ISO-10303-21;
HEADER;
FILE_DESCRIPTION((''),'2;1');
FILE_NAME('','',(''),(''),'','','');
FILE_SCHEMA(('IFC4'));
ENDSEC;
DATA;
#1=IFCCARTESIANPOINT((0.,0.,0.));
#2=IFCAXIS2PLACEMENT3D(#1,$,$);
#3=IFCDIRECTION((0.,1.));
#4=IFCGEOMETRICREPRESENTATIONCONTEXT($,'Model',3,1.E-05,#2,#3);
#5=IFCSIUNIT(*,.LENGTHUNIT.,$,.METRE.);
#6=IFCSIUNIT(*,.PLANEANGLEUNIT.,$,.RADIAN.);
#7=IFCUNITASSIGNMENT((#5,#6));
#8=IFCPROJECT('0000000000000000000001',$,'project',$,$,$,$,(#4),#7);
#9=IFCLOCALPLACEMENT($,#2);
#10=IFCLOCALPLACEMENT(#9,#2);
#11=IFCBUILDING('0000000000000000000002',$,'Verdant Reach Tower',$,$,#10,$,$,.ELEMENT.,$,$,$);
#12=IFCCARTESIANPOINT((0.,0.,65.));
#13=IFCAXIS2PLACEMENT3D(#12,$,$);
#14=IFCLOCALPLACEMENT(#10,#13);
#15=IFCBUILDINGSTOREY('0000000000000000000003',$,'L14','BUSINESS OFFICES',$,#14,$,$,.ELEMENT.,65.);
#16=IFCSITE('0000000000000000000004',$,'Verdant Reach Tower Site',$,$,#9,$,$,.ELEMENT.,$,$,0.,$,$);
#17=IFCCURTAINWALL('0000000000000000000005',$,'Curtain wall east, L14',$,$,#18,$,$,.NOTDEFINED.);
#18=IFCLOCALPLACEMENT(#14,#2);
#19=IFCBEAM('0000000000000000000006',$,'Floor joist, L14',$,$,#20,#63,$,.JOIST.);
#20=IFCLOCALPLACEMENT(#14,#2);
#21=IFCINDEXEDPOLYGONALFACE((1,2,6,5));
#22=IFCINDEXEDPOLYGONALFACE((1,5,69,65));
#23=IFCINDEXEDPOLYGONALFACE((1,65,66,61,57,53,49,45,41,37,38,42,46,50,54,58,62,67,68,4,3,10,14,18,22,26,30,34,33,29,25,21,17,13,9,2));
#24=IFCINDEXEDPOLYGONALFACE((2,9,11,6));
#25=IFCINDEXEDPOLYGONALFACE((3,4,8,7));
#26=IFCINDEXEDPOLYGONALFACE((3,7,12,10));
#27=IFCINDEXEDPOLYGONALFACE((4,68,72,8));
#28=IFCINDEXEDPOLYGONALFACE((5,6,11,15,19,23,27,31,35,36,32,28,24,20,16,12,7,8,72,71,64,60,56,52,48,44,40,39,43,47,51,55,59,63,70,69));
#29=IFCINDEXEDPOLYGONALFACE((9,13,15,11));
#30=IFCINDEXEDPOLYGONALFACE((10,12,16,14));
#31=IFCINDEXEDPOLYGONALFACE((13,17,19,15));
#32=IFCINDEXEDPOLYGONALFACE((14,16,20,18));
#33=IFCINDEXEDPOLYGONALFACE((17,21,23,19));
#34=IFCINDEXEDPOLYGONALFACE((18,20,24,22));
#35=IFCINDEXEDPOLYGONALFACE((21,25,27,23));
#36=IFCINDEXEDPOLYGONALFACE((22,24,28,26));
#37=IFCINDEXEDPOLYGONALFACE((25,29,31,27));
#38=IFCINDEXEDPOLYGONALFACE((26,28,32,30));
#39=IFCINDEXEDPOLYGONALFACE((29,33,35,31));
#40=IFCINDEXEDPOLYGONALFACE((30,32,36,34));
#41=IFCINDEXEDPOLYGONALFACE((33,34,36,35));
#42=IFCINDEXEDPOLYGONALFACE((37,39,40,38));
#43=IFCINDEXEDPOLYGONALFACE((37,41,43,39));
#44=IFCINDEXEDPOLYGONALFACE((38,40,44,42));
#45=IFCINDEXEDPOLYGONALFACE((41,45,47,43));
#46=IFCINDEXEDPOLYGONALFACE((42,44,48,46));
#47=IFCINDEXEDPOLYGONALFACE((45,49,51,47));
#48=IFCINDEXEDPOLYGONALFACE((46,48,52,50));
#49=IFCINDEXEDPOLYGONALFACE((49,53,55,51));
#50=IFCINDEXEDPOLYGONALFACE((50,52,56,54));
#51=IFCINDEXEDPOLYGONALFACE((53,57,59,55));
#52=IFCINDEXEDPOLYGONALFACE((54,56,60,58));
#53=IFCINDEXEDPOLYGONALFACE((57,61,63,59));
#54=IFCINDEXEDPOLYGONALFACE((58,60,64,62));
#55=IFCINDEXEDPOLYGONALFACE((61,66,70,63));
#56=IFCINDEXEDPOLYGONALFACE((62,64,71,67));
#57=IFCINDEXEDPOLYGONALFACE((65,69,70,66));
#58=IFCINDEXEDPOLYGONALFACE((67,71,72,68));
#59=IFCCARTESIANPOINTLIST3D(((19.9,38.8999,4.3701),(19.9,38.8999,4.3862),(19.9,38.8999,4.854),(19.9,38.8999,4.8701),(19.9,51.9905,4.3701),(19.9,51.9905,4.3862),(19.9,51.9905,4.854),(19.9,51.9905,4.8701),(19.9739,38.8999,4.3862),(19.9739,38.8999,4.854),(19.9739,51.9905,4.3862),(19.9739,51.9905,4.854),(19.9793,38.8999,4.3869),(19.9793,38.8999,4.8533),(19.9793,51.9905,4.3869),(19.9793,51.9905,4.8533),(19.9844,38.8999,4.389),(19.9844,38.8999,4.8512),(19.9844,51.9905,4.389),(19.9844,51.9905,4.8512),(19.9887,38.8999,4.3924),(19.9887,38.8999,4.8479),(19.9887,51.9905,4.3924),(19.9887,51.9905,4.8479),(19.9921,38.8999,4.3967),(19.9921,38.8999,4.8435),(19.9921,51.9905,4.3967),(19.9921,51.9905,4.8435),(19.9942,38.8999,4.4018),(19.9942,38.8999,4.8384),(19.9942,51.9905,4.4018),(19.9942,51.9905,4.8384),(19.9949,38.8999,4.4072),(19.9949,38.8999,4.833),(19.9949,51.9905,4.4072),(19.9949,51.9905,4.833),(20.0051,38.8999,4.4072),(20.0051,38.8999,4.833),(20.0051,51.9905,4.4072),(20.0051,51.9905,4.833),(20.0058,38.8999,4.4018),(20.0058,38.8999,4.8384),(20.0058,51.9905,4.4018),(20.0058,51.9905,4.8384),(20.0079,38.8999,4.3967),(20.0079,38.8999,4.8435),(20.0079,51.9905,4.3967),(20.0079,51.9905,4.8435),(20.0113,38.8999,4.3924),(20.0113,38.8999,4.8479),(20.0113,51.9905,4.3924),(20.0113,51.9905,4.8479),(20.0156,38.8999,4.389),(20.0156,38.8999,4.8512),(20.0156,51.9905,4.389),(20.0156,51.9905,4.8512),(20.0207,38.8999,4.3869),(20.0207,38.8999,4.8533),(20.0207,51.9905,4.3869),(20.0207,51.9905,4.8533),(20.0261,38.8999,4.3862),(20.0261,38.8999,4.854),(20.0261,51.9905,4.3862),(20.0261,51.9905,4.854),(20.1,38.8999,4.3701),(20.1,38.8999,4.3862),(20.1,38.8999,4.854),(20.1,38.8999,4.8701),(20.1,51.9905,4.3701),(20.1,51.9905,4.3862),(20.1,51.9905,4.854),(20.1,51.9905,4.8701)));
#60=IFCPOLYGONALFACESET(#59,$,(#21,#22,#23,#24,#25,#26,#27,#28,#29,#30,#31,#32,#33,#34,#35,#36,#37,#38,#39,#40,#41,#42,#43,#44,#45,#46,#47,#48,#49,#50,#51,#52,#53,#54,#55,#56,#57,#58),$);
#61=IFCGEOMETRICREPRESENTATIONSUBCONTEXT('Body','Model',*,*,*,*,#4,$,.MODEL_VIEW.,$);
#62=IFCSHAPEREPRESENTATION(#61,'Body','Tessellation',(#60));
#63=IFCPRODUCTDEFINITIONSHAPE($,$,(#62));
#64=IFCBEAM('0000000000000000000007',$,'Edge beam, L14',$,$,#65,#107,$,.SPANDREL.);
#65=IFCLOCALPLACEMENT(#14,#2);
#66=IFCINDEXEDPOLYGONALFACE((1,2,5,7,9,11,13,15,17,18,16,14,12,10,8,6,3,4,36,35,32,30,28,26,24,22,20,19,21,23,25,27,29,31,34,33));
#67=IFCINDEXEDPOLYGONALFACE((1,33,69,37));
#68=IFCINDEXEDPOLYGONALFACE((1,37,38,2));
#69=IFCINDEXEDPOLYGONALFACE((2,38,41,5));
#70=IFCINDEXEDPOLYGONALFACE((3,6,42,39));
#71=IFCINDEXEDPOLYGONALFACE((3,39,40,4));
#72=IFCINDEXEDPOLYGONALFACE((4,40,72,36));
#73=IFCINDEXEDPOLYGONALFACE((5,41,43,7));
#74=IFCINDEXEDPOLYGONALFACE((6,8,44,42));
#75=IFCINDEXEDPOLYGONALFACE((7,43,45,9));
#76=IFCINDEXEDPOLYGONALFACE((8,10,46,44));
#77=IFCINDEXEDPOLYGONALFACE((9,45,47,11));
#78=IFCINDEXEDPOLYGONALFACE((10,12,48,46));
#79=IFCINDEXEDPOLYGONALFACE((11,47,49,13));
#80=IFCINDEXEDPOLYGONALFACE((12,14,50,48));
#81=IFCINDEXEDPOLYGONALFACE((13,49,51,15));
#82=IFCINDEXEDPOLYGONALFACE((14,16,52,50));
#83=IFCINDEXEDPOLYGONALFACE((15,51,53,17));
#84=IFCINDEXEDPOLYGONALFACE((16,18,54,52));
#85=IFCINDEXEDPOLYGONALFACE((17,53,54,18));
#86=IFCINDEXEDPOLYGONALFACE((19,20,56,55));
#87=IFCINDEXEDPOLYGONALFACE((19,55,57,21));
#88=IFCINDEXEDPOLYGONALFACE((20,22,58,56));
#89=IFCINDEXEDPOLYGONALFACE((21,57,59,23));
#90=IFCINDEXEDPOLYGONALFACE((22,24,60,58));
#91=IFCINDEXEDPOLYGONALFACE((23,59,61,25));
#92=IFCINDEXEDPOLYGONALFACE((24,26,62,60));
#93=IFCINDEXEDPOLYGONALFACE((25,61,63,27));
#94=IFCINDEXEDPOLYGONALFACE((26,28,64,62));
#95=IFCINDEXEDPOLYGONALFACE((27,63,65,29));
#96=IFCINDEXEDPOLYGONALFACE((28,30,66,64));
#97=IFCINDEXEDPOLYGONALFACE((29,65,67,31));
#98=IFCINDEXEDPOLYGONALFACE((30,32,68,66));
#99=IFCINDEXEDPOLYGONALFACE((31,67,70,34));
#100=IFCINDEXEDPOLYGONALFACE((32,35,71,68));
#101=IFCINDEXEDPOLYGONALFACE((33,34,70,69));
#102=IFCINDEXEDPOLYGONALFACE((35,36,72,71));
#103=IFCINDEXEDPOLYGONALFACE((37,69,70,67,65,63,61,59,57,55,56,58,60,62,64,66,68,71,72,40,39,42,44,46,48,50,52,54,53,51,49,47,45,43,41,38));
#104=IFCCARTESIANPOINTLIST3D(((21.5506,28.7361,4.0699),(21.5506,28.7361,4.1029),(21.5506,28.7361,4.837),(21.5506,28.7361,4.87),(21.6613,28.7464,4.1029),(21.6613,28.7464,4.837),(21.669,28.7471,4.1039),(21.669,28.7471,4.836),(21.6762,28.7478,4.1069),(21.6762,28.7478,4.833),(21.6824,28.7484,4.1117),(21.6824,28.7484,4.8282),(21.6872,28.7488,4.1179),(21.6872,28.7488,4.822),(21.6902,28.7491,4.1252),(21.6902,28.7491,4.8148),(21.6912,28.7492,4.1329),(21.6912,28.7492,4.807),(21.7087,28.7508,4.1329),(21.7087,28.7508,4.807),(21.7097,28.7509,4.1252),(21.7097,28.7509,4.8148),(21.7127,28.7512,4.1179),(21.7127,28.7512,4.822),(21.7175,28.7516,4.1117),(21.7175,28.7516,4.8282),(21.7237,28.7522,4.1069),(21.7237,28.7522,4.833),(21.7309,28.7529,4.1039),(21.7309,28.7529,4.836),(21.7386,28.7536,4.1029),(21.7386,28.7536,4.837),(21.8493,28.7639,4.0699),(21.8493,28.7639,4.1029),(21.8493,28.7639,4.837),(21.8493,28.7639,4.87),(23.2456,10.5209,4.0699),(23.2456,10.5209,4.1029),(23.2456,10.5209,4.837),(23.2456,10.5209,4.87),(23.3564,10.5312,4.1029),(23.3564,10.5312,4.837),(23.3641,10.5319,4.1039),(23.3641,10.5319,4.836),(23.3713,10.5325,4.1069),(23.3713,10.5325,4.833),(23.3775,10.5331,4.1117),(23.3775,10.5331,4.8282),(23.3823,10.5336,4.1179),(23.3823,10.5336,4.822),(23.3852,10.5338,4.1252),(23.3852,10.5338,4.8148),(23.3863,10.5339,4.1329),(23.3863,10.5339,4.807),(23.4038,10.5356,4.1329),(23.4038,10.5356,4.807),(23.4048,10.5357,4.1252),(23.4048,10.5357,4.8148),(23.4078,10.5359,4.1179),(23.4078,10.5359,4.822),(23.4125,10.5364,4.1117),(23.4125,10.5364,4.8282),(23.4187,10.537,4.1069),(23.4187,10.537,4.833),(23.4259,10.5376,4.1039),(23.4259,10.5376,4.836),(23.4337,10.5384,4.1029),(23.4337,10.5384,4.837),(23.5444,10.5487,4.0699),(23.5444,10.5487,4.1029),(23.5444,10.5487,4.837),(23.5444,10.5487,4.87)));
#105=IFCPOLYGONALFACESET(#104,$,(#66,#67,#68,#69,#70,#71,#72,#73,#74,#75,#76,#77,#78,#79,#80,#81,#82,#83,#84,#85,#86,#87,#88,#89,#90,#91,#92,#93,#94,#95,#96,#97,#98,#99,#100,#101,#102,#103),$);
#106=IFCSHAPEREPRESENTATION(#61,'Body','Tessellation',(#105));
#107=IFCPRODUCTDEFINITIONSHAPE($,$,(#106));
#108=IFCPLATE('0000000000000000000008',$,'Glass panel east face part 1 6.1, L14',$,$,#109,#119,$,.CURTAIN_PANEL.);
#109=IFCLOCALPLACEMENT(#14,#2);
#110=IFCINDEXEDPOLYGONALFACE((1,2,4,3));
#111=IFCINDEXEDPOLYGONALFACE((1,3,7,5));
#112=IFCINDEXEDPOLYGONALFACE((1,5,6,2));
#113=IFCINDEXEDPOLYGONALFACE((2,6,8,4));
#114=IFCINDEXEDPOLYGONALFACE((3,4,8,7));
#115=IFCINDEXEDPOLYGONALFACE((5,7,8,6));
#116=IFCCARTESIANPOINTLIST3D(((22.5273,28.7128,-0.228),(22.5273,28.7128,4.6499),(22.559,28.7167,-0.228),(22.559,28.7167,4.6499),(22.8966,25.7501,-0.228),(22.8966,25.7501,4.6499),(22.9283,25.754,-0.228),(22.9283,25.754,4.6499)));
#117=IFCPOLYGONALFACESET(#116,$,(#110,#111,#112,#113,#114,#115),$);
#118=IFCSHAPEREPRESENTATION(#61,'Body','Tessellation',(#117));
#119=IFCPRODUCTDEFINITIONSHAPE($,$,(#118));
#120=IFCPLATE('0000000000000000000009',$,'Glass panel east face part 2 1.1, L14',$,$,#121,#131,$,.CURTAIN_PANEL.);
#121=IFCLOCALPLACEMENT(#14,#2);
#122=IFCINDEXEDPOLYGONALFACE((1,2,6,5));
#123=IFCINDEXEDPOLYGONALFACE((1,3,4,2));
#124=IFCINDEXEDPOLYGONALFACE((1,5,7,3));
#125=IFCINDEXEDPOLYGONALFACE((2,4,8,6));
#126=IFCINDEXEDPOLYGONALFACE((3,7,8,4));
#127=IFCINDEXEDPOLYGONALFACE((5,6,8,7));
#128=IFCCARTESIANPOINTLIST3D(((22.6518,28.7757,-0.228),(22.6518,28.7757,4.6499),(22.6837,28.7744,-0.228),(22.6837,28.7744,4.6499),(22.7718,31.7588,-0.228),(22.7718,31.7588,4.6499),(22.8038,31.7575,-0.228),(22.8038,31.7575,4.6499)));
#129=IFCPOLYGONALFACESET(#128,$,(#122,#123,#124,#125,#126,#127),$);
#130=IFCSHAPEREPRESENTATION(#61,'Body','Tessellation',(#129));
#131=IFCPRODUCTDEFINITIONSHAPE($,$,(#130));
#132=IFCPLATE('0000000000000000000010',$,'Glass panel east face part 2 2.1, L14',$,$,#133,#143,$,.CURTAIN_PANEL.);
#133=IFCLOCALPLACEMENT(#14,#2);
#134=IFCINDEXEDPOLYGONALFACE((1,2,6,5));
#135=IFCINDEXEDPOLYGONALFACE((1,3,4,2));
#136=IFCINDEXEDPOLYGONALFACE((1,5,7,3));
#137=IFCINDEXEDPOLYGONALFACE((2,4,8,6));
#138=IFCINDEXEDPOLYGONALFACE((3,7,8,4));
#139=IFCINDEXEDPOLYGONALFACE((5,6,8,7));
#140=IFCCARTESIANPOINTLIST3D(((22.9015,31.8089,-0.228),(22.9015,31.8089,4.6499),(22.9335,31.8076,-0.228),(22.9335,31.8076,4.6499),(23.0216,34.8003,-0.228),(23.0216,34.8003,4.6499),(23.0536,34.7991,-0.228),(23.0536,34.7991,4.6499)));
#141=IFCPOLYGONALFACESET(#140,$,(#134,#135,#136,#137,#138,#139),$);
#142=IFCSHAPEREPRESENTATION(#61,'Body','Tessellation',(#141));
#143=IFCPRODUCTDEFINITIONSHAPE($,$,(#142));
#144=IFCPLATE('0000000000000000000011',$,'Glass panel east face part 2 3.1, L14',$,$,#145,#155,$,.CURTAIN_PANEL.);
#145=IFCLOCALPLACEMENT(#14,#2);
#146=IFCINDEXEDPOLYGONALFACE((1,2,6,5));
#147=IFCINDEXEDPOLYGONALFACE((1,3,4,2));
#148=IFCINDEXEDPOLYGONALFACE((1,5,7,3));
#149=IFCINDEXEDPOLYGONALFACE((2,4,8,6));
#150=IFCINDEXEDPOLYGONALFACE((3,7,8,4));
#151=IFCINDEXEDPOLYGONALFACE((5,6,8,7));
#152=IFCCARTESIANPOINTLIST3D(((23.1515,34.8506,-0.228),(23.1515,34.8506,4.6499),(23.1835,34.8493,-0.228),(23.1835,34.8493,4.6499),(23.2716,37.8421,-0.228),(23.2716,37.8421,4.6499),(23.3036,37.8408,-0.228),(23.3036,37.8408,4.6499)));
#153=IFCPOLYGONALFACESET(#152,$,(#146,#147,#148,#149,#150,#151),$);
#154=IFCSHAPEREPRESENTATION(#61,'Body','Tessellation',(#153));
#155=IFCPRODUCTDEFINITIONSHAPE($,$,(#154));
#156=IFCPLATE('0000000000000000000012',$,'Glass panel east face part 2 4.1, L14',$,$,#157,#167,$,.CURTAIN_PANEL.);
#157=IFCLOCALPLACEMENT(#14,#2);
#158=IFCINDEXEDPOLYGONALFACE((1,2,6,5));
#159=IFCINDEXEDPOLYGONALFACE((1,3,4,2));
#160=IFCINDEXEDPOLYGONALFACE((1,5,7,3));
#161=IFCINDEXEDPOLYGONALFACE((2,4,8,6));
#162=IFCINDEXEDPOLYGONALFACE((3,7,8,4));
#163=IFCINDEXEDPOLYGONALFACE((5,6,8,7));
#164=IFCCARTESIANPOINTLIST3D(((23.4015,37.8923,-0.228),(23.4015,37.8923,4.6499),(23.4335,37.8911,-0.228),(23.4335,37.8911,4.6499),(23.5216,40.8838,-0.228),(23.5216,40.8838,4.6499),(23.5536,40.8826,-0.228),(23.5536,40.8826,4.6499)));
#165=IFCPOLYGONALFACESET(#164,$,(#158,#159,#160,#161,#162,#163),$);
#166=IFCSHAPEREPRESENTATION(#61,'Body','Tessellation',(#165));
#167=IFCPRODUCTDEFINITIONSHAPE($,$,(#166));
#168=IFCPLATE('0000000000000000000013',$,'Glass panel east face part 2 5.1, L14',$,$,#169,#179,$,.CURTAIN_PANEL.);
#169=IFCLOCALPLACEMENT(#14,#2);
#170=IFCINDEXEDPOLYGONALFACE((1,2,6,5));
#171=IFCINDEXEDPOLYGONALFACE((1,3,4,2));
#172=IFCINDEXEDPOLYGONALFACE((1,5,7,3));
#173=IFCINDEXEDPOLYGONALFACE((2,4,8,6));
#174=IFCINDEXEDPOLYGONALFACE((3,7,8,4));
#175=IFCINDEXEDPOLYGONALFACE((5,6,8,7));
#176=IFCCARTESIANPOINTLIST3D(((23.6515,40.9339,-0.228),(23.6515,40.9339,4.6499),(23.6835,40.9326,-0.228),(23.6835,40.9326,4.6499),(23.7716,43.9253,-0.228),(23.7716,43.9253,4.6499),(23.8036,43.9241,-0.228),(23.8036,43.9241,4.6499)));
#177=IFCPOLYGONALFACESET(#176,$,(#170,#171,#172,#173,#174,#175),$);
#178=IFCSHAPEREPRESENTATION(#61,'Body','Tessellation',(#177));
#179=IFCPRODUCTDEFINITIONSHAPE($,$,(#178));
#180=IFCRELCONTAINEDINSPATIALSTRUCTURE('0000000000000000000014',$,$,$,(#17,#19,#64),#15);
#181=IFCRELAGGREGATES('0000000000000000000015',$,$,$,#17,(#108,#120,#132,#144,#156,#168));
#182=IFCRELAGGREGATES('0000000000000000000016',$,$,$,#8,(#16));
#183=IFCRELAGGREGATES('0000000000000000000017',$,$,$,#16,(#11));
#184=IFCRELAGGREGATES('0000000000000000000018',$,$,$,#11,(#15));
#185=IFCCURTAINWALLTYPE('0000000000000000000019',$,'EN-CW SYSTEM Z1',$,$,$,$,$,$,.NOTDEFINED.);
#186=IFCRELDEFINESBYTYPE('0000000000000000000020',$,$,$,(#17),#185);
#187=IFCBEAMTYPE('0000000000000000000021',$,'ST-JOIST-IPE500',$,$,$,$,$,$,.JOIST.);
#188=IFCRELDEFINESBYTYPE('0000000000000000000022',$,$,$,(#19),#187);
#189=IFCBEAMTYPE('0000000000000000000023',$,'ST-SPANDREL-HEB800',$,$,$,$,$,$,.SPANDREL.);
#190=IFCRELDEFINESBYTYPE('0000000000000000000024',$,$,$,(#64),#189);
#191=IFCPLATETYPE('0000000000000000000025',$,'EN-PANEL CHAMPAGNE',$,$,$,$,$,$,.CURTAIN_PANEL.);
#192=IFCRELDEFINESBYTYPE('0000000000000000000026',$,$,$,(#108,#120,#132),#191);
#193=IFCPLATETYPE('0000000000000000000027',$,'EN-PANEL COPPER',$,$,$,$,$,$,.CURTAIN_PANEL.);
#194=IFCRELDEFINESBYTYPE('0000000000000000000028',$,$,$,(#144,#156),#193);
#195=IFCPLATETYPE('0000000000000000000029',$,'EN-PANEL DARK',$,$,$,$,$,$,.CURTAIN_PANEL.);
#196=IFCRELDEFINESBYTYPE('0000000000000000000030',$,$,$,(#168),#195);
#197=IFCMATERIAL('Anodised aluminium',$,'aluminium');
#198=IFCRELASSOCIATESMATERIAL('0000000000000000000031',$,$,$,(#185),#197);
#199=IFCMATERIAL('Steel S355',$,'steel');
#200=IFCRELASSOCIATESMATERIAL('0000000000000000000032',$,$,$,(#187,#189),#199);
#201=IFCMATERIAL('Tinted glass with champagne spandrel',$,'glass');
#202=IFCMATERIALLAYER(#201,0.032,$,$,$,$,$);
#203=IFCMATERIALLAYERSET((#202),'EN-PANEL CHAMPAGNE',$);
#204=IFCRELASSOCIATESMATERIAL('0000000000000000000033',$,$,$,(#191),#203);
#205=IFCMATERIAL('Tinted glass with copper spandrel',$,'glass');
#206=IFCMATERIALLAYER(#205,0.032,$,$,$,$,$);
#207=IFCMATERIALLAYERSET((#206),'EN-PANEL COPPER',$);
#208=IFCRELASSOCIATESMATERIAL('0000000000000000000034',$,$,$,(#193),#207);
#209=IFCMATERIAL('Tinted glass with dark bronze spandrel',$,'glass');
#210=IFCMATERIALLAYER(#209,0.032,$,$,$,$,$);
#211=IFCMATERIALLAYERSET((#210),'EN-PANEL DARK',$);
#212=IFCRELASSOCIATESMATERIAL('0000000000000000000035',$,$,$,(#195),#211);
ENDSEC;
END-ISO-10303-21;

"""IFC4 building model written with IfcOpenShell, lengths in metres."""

from ifc_helpers import new_model, si_unit, direction, frame, origin, origin_2d, place, context, subcontext, project, spatial, rectangle, i_section, extrude, material, layer, layer_set, material_profile, profile_set, type_object, element, aggregate, save


model = new_model("IFC4")

# Units and contexts
model_context = context("Model", 3, precision=1e-05, world=origin(), true_north=direction((0.0, 1.0)))
body_context = subcontext(model_context, "Body", "Model", "MODEL_VIEW")
ifc_project = project(units=[si_unit("LENGTHUNIT", "METRE"), si_unit("PLANEANGLEUNIT", "RADIAN")], contexts=[model_context])

# Site, building, storey
site_placement = place(None, origin())
site = spatial("IfcSite", under=ifc_project, at=site_placement, Name="Verdant Reach Tower Site", CompositionType="ELEMENT", RefElevation=0.0)
building_placement = place(site_placement, origin())
building = spatial("IfcBuilding", under=site, at=building_placement, Name="Verdant Reach Tower", CompositionType="ELEMENT")
storey_placement = place(building_placement, frame((0.0, 0.0, 65.0)))
storey = spatial("IfcBuildingStorey", under=building, at=storey_placement, Name="L14", Description="BUSINESS OFFICES", CompositionType="ELEMENT", Elevation=65.0)

# Curtain wall
ifc_material_1 = material(Name="Anodised aluminium", Category="aluminium")
curtain_wall_type = type_object("IfcCurtainWallType", Name="EN-CW SYSTEM Z1", PredefinedType="NOTDEFINED", material=ifc_material_1)
curtain_wall_placement = place(storey_placement, origin())
curtain_wall = element("IfcCurtainWall", 1, at=curtain_wall_placement, inside=storey, type_object=curtain_wall_type, Name="Curtain wall east, L14", PredefinedType="NOTDEFINED")

# Beams
ifc_material_2 = material(Name="Steel S355", Category="steel")
ifc_material_profile_1 = material_profile(ifc_material_2, i_section(OverallWidth=0.2, OverallDepth=0.5, WebThickness=0.0103, FlangeThickness=0.0161, FilletRadius=0.021, at=origin_2d()), Name="IPE 500")
ifc_profile_set_1 = profile_set([ifc_material_profile_1], Name="Steel S355")
beam_type_1 = type_object("IfcBeamType", Name="ST-JOIST-IPE500", PredefinedType="JOIST", material=ifc_profile_set_1)
beam_1_placement = place(storey_placement, frame((20.0, 38.8999, 4.6201), z_axis=(0.0, 1.0, 0.0), x_axis=(-1.0, 0.0, 0.0)))
element("IfcBeam", 2, at=beam_1_placement, inside=storey, type_object=beam_type_1, Name="Floor joist, L14", PredefinedType="JOIST", context=body_context, shape_type="SweptSolid", body=[
    extrude(i_section(OverallWidth=0.2, OverallDepth=0.5, WebThickness=0.0103, FlangeThickness=0.0161, FilletRadius=0.021, at=origin_2d()), origin(), (0.0, 0.0, 1.0), 13.0906),
])
ifc_material_profile_2 = material_profile(ifc_material_2, i_section(OverallWidth=0.3, OverallDepth=0.8, WebThickness=0.0176, FlangeThickness=0.033, FilletRadius=0.03, at=origin_2d()), Name="HEB 800")
ifc_profile_set_2 = profile_set([ifc_material_profile_2], Name="Steel S355")
beam_type_2 = type_object("IfcBeamType", Name="ST-SPANDREL-HEB800", PredefinedType="SPANDREL", material=ifc_profile_set_2)
beam_2_placement = place(storey_placement, frame((21.7, 28.75, 4.47), z_axis=(0.092657, -0.995698, 0.0), x_axis=(0.995698, 0.092657, 0.0)))
element("IfcBeam", 3, at=beam_2_placement, inside=storey, type_object=beam_type_2, Name="Edge beam, L14", PredefinedType="SPANDREL", context=body_context, shape_type="SweptSolid", body=[
    extrude(i_section(OverallWidth=0.3, OverallDepth=0.8, WebThickness=0.0176, FlangeThickness=0.033, FilletRadius=0.03, at=origin_2d()), origin(), (0.0, 0.0, 1.0), 18.2939),
])

# Plates
ifc_material_3 = material(Name="Tinted glass with champagne spandrel", Category="glass")
ifc_layer_1 = layer(ifc_material_3, 0.032)
ifc_layer_set_1 = layer_set([ifc_layer_1], Name="EN-PANEL CHAMPAGNE")
plate_type_1 = type_object("IfcPlateType", Name="EN-PANEL CHAMPAGNE", PredefinedType="CURTAIN_PANEL", material=ifc_layer_set_1)
plate_1_placement = place(storey_placement, frame((22.7278, 27.2334, -0.228), z_axis=(0.0, 0.0, 1.0), x_axis=(-0.123691, 0.992321, 0.0)))
plate_1 = element("IfcPlate", 4, at=plate_1_placement, type_object=plate_type_1, Name="Glass panel east face part 1 6.1, L14", PredefinedType="CURTAIN_PANEL", context=body_context, shape_type="SweptSolid", body=[
    extrude(rectangle(XDim=2.9856, YDim=0.032, at=origin_2d()), origin(), (0.0, 0.0, 1.0), 4.8779),
])
plate_2_placement = place(storey_placement, frame((22.7278, 30.2666, -0.228), z_axis=(0.0, 0.0, 1.0), x_axis=(0.040222, 0.999191, 0.0)))
plate_2 = element("IfcPlate", 5, at=plate_2_placement, type_object=plate_type_1, Name="Glass panel east face part 2 1.1, L14", PredefinedType="CURTAIN_PANEL", context=body_context, shape_type="SweptSolid", body=[
    extrude(rectangle(XDim=2.9856, YDim=0.032, at=origin_2d()), origin(), (0.0, 0.0, 1.0), 4.8779),
])
plate_3_placement = place(storey_placement, frame((22.9775, 33.304, -0.228), z_axis=(0.0, 0.0, 1.0), x_axis=(0.040109, 0.999195, 0.0)))
plate_3 = element("IfcPlate", 6, at=plate_3_placement, type_object=plate_type_1, Name="Glass panel east face part 2 2.1, L14", PredefinedType="CURTAIN_PANEL", context=body_context, shape_type="SweptSolid", body=[
    extrude(rectangle(XDim=2.9939, YDim=0.032, at=origin_2d()), origin(), (0.0, 0.0, 1.0), 4.8779),
])
ifc_material_4 = material(Name="Tinted glass with copper spandrel", Category="glass")
ifc_layer_2 = layer(ifc_material_4, 0.032)
ifc_layer_set_2 = layer_set([ifc_layer_2], Name="EN-PANEL COPPER")
plate_type_2 = type_object("IfcPlateType", Name="EN-PANEL COPPER", PredefinedType="CURTAIN_PANEL", material=ifc_layer_set_2)
plate_4_placement = place(storey_placement, frame((23.2275, 36.3457, -0.228), z_axis=(0.0, 0.0, 1.0), x_axis=(0.040109, 0.999195, 0.0)))
plate_4 = element("IfcPlate", 7, at=plate_4_placement, type_object=plate_type_2, Name="Glass panel east face part 2 3.1, L14", PredefinedType="CURTAIN_PANEL", context=body_context, shape_type="SweptSolid", body=[
    extrude(rectangle(XDim=2.9939, YDim=0.032, at=origin_2d()), origin(), (0.0, 0.0, 1.0), 4.8779),
])
plate_5_placement = place(storey_placement, frame((23.4775, 39.3875, -0.228), z_axis=(0.0, 0.0, 1.0), x_axis=(0.040109, 0.999195, 0.0)))
plate_5 = element("IfcPlate", 8, at=plate_5_placement, type_object=plate_type_2, Name="Glass panel east face part 2 4.1, L14", PredefinedType="CURTAIN_PANEL", context=body_context, shape_type="SweptSolid", body=[
    extrude(rectangle(XDim=2.9939, YDim=0.032, at=origin_2d()), origin(), (0.0, 0.0, 1.0), 4.8779),
])
ifc_material_5 = material(Name="Tinted glass with dark bronze spandrel", Category="glass")
ifc_layer_3 = layer(ifc_material_5, 0.032)
ifc_layer_set_3 = layer_set([ifc_layer_3], Name="EN-PANEL DARK")
plate_type_3 = type_object("IfcPlateType", Name="EN-PANEL DARK", PredefinedType="CURTAIN_PANEL", material=ifc_layer_set_3)
plate_6_placement = place(storey_placement, frame((23.7275, 42.429, -0.228), z_axis=(0.0, 0.0, 1.0), x_axis=(0.040109, 0.999195, 0.0)))
plate_6 = element("IfcPlate", 9, at=plate_6_placement, type_object=plate_type_3, Name="Glass panel east face part 2 5.1, L14", PredefinedType="CURTAIN_PANEL", context=body_context, shape_type="SweptSolid", body=[
    extrude(rectangle(XDim=2.9939, YDim=0.032, at=origin_2d()), origin(), (0.0, 0.0, 1.0), 4.8779),
])
aggregate(curtain_wall, [plate_1, plate_2, plate_3, plate_4, plate_5, plate_6])

save(model, "model.ifc")
